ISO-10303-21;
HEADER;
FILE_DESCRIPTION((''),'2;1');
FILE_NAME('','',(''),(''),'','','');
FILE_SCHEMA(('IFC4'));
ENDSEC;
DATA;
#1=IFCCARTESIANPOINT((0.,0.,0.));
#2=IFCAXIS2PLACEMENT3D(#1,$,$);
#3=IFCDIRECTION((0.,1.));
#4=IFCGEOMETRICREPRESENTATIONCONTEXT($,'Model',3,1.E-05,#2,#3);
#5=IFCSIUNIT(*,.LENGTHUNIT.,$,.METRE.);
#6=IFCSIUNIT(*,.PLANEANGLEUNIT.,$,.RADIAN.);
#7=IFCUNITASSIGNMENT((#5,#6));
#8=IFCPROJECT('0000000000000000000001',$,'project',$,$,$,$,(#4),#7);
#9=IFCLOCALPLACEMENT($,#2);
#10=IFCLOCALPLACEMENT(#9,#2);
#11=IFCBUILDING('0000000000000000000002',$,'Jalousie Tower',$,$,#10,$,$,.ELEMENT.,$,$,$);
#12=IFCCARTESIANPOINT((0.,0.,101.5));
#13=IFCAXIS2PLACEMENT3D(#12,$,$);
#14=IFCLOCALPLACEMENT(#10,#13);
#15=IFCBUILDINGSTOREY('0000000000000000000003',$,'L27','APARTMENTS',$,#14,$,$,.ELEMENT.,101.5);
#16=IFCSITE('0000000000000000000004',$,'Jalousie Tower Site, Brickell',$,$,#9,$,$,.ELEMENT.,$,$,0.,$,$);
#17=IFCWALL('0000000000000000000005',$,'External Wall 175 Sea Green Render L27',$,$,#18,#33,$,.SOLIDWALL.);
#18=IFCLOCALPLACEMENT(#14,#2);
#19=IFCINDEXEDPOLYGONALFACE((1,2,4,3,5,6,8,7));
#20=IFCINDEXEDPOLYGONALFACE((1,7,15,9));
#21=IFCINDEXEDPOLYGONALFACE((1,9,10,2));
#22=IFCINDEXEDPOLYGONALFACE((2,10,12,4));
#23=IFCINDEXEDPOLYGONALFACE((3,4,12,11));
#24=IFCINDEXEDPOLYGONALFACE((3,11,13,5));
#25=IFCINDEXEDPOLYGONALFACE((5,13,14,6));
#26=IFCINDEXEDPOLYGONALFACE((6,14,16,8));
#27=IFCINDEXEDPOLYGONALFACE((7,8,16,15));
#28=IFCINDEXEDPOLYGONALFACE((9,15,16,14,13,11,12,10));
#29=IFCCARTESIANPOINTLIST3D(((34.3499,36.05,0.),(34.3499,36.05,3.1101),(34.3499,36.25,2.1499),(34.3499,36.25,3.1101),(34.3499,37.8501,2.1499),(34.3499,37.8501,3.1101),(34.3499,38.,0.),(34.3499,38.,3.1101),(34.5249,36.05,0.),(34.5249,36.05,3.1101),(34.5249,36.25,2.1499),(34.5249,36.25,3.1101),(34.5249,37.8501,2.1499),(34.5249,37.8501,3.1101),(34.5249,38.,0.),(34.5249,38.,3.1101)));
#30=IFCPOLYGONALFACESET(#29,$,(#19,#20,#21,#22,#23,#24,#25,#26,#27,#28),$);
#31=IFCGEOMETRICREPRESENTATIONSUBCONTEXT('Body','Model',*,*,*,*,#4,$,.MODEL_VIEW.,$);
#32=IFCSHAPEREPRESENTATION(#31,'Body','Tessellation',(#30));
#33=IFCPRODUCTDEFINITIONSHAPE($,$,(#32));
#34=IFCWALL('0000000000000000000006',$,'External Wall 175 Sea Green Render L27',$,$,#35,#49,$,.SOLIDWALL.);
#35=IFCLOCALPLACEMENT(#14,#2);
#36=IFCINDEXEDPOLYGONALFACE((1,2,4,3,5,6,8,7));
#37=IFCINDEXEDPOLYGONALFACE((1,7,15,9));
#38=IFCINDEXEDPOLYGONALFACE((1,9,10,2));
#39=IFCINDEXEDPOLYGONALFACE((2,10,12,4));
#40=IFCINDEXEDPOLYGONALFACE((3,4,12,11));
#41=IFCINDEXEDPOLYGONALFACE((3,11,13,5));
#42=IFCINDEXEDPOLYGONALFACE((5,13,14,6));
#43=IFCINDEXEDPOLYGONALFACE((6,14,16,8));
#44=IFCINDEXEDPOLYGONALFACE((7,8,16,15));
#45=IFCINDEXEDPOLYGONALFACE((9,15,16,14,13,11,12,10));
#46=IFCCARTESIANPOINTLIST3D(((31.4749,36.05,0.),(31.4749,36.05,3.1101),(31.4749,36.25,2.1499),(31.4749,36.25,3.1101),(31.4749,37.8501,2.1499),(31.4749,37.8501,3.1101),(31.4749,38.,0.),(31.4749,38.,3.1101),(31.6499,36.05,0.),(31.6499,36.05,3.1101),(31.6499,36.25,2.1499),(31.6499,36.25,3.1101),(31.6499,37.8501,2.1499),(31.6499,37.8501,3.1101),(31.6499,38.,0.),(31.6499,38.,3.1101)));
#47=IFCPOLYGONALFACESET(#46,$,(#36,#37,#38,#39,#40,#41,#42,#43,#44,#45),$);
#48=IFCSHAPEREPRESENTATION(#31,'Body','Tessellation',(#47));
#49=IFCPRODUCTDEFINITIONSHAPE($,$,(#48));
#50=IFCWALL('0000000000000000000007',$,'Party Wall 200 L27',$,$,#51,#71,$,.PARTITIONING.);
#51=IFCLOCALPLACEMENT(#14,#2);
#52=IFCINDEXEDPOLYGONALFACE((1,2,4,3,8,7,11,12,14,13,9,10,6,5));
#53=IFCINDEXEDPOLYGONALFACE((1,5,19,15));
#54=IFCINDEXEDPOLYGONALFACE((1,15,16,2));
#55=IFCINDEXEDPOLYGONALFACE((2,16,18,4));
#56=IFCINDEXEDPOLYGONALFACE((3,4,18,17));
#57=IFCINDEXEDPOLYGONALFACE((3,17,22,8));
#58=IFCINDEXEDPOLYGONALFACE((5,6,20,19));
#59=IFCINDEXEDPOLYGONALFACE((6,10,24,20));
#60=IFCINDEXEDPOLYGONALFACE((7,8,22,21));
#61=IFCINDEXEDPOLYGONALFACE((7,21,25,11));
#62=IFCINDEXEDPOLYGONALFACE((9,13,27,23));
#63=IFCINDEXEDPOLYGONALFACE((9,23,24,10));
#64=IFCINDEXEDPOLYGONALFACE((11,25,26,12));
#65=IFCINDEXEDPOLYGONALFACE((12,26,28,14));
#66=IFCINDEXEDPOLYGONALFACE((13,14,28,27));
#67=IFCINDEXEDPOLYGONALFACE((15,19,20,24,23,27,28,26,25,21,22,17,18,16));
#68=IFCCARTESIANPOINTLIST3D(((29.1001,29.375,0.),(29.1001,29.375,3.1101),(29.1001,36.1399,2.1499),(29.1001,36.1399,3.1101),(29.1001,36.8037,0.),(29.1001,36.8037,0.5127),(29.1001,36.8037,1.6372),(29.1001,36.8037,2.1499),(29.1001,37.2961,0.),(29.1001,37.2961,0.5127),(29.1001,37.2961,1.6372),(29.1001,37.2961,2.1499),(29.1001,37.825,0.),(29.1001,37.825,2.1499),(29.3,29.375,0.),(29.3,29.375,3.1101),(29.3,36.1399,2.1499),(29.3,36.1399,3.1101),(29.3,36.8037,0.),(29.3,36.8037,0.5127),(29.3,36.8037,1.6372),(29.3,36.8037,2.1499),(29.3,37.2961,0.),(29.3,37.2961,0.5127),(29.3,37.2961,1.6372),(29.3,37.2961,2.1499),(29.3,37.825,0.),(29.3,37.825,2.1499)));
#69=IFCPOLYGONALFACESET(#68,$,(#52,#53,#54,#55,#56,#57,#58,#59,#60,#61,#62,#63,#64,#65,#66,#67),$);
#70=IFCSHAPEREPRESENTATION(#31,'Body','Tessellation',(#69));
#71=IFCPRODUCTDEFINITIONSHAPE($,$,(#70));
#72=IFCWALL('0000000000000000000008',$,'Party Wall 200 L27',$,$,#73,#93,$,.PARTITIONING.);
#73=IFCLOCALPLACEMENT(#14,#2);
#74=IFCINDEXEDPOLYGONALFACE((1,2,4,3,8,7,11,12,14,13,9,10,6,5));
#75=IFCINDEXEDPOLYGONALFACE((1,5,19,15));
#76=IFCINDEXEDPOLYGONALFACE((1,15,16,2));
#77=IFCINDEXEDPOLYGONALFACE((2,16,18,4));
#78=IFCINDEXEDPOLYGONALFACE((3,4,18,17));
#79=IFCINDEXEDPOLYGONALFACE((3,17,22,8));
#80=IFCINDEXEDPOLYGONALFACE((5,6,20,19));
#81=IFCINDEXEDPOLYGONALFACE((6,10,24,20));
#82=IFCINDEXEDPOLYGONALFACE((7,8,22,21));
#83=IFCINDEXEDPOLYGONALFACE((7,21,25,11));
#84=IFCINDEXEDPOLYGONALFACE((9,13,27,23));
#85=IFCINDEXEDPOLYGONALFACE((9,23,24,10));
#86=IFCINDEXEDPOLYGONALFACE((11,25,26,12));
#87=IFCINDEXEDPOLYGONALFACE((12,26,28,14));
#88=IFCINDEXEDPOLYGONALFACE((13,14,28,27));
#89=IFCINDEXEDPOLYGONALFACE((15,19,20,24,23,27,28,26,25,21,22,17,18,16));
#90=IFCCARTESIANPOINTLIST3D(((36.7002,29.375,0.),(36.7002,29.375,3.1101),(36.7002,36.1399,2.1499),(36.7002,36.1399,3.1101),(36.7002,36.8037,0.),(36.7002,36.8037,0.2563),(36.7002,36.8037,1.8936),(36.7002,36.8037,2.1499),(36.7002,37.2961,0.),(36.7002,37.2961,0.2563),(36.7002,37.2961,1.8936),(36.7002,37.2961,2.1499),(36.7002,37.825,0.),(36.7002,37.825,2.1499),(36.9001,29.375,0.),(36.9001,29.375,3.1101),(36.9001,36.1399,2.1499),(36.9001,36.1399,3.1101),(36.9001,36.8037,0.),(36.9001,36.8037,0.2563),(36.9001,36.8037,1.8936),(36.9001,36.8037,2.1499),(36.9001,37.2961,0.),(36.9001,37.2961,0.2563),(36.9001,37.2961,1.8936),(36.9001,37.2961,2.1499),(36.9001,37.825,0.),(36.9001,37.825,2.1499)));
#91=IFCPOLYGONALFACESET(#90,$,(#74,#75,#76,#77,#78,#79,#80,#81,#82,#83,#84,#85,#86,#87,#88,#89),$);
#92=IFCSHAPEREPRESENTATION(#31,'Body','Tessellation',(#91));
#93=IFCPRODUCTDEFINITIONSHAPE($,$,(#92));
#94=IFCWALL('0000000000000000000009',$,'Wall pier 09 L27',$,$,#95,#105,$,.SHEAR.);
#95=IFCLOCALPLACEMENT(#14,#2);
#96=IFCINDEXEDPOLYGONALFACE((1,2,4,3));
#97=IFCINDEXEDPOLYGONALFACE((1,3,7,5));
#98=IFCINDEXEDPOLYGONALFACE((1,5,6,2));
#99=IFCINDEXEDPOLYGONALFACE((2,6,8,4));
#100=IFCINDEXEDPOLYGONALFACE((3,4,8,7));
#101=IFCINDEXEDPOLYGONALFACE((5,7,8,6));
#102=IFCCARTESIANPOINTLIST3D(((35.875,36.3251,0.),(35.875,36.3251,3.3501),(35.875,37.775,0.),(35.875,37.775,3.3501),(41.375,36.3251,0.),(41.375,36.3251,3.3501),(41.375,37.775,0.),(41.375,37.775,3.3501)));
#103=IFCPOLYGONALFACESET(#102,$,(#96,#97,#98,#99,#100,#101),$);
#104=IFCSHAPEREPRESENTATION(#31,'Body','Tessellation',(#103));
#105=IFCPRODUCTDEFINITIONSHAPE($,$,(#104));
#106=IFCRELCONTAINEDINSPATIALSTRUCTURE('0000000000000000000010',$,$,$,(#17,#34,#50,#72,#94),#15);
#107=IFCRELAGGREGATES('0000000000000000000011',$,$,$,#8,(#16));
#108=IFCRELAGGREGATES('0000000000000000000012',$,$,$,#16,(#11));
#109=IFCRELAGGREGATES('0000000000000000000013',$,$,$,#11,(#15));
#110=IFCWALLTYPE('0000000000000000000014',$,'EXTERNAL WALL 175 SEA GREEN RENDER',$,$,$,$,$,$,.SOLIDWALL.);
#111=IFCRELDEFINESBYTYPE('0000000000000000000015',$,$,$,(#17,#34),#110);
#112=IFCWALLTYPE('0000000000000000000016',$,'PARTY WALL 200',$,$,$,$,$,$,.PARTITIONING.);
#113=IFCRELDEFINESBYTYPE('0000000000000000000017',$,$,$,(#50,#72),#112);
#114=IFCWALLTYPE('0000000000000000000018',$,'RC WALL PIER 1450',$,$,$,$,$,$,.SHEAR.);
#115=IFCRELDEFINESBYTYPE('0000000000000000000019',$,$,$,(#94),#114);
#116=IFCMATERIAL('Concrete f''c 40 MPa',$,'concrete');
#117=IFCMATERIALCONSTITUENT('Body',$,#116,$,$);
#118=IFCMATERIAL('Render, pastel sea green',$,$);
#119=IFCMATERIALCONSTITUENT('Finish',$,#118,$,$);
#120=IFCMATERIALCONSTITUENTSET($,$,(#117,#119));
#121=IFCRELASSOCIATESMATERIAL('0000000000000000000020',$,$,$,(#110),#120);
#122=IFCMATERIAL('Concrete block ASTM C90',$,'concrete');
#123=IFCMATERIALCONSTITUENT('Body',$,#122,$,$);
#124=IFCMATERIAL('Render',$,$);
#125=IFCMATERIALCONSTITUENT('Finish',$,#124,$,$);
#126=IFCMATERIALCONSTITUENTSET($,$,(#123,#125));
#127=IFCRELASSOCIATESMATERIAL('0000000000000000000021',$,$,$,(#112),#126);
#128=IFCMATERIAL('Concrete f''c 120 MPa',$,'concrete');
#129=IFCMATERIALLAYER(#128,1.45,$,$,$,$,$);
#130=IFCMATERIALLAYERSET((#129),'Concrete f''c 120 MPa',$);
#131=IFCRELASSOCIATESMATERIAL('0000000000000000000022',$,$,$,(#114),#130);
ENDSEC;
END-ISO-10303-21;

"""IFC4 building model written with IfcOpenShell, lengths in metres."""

from ifc_helpers import new_model, si_unit, direction, frame, frame_2d, origin, place, context, subcontext, project, spatial, polyline, rectangle, outline, extrude, material, layer, layer_set, constituent, constituent_set, type_object, element, save


model = new_model("IFC4")

# Units and contexts
model_context = context("Model", 3, precision=1e-05, world=origin(), true_north=direction((0.0, 1.0)))
body_context = subcontext(model_context, "Body", "Model", "MODEL_VIEW")
ifc_project = project(units=[si_unit("LENGTHUNIT", "METRE"), si_unit("PLANEANGLEUNIT", "RADIAN")], contexts=[model_context])

# Site, building, storey
site_placement = place(None, origin())
site = spatial("IfcSite", under=ifc_project, at=site_placement, Name="Jalousie Tower Site, Brickell", CompositionType="ELEMENT", RefElevation=0.0)
building_placement = place(site_placement, origin())
building = spatial("IfcBuilding", under=site, at=building_placement, Name="Jalousie Tower", CompositionType="ELEMENT")
storey_placement = place(building_placement, frame((0.0, 0.0, 101.5)))
storey = spatial("IfcBuildingStorey", under=building, at=storey_placement, Name="L27", Description="APARTMENTS", CompositionType="ELEMENT", Elevation=101.5)

# Walls
ifc_material_1 = material(Name="Concrete f'c 40 MPa", Category="concrete")
ifc_constituent_1 = constituent(ifc_material_1, Name="Body")
ifc_material_2 = material(Name="Render, pastel sea green")
ifc_constituent_2 = constituent(ifc_material_2, Name="Finish")
ifc_constituent_set_1 = constituent_set(constituents=[ifc_constituent_1, ifc_constituent_2])
wall_type_1 = type_object("IfcWallType", Name="EXTERNAL WALL 175 SEA GREEN RENDER", PredefinedType="SOLIDWALL", material=ifc_constituent_set_1)
for number, where, z_axis, x_axis, name in (
    (1, (34.4375, 38.0, 0.0), (0.0, 0.0, 1.0), (0.0, -1.0, 0.0), "External Wall 175 Sea Green Render L27"),
    (2, (31.5625, 38.0, 0.0), (0.0, 0.0, 1.0), (0.0, -1.0, 0.0), "External Wall 175 Sea Green Render L27"),
):
    element("IfcWall", number, at=place(storey_placement, frame(where, z_axis=z_axis, x_axis=x_axis)), inside=storey, type_object=wall_type_1, Name=name, PredefinedType="SOLIDWALL", context=body_context, shape_type="SweptSolid", body=[
        extrude(outline(polyline([(0.0, 0.0), (1.95, 0.0), (1.95, 3.1101), (1.75, 3.1101), (1.75, 2.1499), (0.1499, 2.1499), (0.1499, 3.1101), (0.0, 3.1101), (0.0, 0.0)])), frame((0.0, 0.0874, 0.0), z_axis=(0.0, -1.0, 0.0), x_axis=(1.0, 0.0, 0.0)), (0.0, 0.0, 1.0), 0.175),
    ])
ifc_material_3 = material(Name="Concrete block ASTM C90", Category="concrete")
ifc_constituent_3 = constituent(ifc_material_3, Name="Body")
ifc_material_4 = material(Name="Render")
ifc_constituent_4 = constituent(ifc_material_4, Name="Finish")
ifc_constituent_set_2 = constituent_set(constituents=[ifc_constituent_3, ifc_constituent_4])
wall_type_2 = type_object("IfcWallType", Name="PARTY WALL 200", PredefinedType="PARTITIONING", material=ifc_constituent_set_2)
wall_1_placement = place(storey_placement, frame((29.2, 37.825, 0.0), z_axis=(0.0, 0.0, 1.0), x_axis=(0.0, -1.0, 0.0)))
element("IfcWall", 3, at=wall_1_placement, inside=storey, type_object=wall_type_2, Name="Party Wall 200 L27", PredefinedType="PARTITIONING", context=body_context, shape_type="SweptSolid", body=[
    extrude(outline(polyline([(0.5288, 2.1499), (0.0, 2.1499), (0.0, 0.0), (0.5288, 0.0), (0.5288, 0.5127), (1.0212, 0.5127), (1.0212, 0.0), (8.45, 0.0), (8.45, 3.1101), (1.6851, 3.1101), (1.6851, 2.1499), (1.0212, 2.1499), (1.0212, 1.6372), (0.5288, 1.6372), (0.5288, 2.1499)])), frame((0.0, 0.1001, 0.0), z_axis=(0.0, -1.0, 0.0), x_axis=(1.0, 0.0, 0.0)), (0.0, 0.0, 1.0), 0.2),
])
wall_2_placement = place(storey_placement, frame((36.8, 37.825, 0.0), z_axis=(0.0, 0.0, 1.0), x_axis=(0.0, -1.0, 0.0)))
element("IfcWall", 4, at=wall_2_placement, inside=storey, type_object=wall_type_2, Name="Party Wall 200 L27", PredefinedType="PARTITIONING", context=body_context, shape_type="SweptSolid", body=[
    extrude(outline(polyline([(0.5288, 2.1499), (0.0, 2.1499), (0.0, 0.0), (0.5288, 0.0), (0.5288, 0.2563), (1.0212, 0.2563), (1.0212, 0.0), (8.45, 0.0), (8.45, 3.1101), (1.6851, 3.1101), (1.6851, 2.1499), (1.0212, 2.1499), (1.0212, 1.8936), (0.5288, 1.8936), (0.5288, 2.1499)])), frame((0.0, 0.1001, 0.0), z_axis=(0.0, -1.0, 0.0), x_axis=(1.0, 0.0, 0.0)), (0.0, 0.0, 1.0), 0.2),
])
ifc_material_5 = material(Name="Concrete f'c 120 MPa", Category="concrete")
ifc_layer_1 = layer(ifc_material_5, 1.45)
ifc_layer_set_1 = layer_set([ifc_layer_1], Name="Concrete f'c 120 MPa")
wall_type_3 = type_object("IfcWallType", Name="RC WALL PIER 1450", PredefinedType="SHEAR", material=ifc_layer_set_1)
wall_3_placement = place(storey_placement, frame((35.875, 37.05, 0.0), z_axis=(0.0, 0.0, 1.0), x_axis=(1.0, 0.0, 0.0)))
element("IfcWall", 5, at=wall_3_placement, inside=storey, type_object=wall_type_3, Name="Wall pier 09 L27", PredefinedType="SHEAR", context=body_context, shape_type="SweptSolid", body=[
    extrude(rectangle(XDim=5.5, YDim=1.45, at=frame_2d((2.75, 0.0))), origin(), (0.0, 0.0, 1.0), 3.3501),
])

save(model, "model.ifc")
